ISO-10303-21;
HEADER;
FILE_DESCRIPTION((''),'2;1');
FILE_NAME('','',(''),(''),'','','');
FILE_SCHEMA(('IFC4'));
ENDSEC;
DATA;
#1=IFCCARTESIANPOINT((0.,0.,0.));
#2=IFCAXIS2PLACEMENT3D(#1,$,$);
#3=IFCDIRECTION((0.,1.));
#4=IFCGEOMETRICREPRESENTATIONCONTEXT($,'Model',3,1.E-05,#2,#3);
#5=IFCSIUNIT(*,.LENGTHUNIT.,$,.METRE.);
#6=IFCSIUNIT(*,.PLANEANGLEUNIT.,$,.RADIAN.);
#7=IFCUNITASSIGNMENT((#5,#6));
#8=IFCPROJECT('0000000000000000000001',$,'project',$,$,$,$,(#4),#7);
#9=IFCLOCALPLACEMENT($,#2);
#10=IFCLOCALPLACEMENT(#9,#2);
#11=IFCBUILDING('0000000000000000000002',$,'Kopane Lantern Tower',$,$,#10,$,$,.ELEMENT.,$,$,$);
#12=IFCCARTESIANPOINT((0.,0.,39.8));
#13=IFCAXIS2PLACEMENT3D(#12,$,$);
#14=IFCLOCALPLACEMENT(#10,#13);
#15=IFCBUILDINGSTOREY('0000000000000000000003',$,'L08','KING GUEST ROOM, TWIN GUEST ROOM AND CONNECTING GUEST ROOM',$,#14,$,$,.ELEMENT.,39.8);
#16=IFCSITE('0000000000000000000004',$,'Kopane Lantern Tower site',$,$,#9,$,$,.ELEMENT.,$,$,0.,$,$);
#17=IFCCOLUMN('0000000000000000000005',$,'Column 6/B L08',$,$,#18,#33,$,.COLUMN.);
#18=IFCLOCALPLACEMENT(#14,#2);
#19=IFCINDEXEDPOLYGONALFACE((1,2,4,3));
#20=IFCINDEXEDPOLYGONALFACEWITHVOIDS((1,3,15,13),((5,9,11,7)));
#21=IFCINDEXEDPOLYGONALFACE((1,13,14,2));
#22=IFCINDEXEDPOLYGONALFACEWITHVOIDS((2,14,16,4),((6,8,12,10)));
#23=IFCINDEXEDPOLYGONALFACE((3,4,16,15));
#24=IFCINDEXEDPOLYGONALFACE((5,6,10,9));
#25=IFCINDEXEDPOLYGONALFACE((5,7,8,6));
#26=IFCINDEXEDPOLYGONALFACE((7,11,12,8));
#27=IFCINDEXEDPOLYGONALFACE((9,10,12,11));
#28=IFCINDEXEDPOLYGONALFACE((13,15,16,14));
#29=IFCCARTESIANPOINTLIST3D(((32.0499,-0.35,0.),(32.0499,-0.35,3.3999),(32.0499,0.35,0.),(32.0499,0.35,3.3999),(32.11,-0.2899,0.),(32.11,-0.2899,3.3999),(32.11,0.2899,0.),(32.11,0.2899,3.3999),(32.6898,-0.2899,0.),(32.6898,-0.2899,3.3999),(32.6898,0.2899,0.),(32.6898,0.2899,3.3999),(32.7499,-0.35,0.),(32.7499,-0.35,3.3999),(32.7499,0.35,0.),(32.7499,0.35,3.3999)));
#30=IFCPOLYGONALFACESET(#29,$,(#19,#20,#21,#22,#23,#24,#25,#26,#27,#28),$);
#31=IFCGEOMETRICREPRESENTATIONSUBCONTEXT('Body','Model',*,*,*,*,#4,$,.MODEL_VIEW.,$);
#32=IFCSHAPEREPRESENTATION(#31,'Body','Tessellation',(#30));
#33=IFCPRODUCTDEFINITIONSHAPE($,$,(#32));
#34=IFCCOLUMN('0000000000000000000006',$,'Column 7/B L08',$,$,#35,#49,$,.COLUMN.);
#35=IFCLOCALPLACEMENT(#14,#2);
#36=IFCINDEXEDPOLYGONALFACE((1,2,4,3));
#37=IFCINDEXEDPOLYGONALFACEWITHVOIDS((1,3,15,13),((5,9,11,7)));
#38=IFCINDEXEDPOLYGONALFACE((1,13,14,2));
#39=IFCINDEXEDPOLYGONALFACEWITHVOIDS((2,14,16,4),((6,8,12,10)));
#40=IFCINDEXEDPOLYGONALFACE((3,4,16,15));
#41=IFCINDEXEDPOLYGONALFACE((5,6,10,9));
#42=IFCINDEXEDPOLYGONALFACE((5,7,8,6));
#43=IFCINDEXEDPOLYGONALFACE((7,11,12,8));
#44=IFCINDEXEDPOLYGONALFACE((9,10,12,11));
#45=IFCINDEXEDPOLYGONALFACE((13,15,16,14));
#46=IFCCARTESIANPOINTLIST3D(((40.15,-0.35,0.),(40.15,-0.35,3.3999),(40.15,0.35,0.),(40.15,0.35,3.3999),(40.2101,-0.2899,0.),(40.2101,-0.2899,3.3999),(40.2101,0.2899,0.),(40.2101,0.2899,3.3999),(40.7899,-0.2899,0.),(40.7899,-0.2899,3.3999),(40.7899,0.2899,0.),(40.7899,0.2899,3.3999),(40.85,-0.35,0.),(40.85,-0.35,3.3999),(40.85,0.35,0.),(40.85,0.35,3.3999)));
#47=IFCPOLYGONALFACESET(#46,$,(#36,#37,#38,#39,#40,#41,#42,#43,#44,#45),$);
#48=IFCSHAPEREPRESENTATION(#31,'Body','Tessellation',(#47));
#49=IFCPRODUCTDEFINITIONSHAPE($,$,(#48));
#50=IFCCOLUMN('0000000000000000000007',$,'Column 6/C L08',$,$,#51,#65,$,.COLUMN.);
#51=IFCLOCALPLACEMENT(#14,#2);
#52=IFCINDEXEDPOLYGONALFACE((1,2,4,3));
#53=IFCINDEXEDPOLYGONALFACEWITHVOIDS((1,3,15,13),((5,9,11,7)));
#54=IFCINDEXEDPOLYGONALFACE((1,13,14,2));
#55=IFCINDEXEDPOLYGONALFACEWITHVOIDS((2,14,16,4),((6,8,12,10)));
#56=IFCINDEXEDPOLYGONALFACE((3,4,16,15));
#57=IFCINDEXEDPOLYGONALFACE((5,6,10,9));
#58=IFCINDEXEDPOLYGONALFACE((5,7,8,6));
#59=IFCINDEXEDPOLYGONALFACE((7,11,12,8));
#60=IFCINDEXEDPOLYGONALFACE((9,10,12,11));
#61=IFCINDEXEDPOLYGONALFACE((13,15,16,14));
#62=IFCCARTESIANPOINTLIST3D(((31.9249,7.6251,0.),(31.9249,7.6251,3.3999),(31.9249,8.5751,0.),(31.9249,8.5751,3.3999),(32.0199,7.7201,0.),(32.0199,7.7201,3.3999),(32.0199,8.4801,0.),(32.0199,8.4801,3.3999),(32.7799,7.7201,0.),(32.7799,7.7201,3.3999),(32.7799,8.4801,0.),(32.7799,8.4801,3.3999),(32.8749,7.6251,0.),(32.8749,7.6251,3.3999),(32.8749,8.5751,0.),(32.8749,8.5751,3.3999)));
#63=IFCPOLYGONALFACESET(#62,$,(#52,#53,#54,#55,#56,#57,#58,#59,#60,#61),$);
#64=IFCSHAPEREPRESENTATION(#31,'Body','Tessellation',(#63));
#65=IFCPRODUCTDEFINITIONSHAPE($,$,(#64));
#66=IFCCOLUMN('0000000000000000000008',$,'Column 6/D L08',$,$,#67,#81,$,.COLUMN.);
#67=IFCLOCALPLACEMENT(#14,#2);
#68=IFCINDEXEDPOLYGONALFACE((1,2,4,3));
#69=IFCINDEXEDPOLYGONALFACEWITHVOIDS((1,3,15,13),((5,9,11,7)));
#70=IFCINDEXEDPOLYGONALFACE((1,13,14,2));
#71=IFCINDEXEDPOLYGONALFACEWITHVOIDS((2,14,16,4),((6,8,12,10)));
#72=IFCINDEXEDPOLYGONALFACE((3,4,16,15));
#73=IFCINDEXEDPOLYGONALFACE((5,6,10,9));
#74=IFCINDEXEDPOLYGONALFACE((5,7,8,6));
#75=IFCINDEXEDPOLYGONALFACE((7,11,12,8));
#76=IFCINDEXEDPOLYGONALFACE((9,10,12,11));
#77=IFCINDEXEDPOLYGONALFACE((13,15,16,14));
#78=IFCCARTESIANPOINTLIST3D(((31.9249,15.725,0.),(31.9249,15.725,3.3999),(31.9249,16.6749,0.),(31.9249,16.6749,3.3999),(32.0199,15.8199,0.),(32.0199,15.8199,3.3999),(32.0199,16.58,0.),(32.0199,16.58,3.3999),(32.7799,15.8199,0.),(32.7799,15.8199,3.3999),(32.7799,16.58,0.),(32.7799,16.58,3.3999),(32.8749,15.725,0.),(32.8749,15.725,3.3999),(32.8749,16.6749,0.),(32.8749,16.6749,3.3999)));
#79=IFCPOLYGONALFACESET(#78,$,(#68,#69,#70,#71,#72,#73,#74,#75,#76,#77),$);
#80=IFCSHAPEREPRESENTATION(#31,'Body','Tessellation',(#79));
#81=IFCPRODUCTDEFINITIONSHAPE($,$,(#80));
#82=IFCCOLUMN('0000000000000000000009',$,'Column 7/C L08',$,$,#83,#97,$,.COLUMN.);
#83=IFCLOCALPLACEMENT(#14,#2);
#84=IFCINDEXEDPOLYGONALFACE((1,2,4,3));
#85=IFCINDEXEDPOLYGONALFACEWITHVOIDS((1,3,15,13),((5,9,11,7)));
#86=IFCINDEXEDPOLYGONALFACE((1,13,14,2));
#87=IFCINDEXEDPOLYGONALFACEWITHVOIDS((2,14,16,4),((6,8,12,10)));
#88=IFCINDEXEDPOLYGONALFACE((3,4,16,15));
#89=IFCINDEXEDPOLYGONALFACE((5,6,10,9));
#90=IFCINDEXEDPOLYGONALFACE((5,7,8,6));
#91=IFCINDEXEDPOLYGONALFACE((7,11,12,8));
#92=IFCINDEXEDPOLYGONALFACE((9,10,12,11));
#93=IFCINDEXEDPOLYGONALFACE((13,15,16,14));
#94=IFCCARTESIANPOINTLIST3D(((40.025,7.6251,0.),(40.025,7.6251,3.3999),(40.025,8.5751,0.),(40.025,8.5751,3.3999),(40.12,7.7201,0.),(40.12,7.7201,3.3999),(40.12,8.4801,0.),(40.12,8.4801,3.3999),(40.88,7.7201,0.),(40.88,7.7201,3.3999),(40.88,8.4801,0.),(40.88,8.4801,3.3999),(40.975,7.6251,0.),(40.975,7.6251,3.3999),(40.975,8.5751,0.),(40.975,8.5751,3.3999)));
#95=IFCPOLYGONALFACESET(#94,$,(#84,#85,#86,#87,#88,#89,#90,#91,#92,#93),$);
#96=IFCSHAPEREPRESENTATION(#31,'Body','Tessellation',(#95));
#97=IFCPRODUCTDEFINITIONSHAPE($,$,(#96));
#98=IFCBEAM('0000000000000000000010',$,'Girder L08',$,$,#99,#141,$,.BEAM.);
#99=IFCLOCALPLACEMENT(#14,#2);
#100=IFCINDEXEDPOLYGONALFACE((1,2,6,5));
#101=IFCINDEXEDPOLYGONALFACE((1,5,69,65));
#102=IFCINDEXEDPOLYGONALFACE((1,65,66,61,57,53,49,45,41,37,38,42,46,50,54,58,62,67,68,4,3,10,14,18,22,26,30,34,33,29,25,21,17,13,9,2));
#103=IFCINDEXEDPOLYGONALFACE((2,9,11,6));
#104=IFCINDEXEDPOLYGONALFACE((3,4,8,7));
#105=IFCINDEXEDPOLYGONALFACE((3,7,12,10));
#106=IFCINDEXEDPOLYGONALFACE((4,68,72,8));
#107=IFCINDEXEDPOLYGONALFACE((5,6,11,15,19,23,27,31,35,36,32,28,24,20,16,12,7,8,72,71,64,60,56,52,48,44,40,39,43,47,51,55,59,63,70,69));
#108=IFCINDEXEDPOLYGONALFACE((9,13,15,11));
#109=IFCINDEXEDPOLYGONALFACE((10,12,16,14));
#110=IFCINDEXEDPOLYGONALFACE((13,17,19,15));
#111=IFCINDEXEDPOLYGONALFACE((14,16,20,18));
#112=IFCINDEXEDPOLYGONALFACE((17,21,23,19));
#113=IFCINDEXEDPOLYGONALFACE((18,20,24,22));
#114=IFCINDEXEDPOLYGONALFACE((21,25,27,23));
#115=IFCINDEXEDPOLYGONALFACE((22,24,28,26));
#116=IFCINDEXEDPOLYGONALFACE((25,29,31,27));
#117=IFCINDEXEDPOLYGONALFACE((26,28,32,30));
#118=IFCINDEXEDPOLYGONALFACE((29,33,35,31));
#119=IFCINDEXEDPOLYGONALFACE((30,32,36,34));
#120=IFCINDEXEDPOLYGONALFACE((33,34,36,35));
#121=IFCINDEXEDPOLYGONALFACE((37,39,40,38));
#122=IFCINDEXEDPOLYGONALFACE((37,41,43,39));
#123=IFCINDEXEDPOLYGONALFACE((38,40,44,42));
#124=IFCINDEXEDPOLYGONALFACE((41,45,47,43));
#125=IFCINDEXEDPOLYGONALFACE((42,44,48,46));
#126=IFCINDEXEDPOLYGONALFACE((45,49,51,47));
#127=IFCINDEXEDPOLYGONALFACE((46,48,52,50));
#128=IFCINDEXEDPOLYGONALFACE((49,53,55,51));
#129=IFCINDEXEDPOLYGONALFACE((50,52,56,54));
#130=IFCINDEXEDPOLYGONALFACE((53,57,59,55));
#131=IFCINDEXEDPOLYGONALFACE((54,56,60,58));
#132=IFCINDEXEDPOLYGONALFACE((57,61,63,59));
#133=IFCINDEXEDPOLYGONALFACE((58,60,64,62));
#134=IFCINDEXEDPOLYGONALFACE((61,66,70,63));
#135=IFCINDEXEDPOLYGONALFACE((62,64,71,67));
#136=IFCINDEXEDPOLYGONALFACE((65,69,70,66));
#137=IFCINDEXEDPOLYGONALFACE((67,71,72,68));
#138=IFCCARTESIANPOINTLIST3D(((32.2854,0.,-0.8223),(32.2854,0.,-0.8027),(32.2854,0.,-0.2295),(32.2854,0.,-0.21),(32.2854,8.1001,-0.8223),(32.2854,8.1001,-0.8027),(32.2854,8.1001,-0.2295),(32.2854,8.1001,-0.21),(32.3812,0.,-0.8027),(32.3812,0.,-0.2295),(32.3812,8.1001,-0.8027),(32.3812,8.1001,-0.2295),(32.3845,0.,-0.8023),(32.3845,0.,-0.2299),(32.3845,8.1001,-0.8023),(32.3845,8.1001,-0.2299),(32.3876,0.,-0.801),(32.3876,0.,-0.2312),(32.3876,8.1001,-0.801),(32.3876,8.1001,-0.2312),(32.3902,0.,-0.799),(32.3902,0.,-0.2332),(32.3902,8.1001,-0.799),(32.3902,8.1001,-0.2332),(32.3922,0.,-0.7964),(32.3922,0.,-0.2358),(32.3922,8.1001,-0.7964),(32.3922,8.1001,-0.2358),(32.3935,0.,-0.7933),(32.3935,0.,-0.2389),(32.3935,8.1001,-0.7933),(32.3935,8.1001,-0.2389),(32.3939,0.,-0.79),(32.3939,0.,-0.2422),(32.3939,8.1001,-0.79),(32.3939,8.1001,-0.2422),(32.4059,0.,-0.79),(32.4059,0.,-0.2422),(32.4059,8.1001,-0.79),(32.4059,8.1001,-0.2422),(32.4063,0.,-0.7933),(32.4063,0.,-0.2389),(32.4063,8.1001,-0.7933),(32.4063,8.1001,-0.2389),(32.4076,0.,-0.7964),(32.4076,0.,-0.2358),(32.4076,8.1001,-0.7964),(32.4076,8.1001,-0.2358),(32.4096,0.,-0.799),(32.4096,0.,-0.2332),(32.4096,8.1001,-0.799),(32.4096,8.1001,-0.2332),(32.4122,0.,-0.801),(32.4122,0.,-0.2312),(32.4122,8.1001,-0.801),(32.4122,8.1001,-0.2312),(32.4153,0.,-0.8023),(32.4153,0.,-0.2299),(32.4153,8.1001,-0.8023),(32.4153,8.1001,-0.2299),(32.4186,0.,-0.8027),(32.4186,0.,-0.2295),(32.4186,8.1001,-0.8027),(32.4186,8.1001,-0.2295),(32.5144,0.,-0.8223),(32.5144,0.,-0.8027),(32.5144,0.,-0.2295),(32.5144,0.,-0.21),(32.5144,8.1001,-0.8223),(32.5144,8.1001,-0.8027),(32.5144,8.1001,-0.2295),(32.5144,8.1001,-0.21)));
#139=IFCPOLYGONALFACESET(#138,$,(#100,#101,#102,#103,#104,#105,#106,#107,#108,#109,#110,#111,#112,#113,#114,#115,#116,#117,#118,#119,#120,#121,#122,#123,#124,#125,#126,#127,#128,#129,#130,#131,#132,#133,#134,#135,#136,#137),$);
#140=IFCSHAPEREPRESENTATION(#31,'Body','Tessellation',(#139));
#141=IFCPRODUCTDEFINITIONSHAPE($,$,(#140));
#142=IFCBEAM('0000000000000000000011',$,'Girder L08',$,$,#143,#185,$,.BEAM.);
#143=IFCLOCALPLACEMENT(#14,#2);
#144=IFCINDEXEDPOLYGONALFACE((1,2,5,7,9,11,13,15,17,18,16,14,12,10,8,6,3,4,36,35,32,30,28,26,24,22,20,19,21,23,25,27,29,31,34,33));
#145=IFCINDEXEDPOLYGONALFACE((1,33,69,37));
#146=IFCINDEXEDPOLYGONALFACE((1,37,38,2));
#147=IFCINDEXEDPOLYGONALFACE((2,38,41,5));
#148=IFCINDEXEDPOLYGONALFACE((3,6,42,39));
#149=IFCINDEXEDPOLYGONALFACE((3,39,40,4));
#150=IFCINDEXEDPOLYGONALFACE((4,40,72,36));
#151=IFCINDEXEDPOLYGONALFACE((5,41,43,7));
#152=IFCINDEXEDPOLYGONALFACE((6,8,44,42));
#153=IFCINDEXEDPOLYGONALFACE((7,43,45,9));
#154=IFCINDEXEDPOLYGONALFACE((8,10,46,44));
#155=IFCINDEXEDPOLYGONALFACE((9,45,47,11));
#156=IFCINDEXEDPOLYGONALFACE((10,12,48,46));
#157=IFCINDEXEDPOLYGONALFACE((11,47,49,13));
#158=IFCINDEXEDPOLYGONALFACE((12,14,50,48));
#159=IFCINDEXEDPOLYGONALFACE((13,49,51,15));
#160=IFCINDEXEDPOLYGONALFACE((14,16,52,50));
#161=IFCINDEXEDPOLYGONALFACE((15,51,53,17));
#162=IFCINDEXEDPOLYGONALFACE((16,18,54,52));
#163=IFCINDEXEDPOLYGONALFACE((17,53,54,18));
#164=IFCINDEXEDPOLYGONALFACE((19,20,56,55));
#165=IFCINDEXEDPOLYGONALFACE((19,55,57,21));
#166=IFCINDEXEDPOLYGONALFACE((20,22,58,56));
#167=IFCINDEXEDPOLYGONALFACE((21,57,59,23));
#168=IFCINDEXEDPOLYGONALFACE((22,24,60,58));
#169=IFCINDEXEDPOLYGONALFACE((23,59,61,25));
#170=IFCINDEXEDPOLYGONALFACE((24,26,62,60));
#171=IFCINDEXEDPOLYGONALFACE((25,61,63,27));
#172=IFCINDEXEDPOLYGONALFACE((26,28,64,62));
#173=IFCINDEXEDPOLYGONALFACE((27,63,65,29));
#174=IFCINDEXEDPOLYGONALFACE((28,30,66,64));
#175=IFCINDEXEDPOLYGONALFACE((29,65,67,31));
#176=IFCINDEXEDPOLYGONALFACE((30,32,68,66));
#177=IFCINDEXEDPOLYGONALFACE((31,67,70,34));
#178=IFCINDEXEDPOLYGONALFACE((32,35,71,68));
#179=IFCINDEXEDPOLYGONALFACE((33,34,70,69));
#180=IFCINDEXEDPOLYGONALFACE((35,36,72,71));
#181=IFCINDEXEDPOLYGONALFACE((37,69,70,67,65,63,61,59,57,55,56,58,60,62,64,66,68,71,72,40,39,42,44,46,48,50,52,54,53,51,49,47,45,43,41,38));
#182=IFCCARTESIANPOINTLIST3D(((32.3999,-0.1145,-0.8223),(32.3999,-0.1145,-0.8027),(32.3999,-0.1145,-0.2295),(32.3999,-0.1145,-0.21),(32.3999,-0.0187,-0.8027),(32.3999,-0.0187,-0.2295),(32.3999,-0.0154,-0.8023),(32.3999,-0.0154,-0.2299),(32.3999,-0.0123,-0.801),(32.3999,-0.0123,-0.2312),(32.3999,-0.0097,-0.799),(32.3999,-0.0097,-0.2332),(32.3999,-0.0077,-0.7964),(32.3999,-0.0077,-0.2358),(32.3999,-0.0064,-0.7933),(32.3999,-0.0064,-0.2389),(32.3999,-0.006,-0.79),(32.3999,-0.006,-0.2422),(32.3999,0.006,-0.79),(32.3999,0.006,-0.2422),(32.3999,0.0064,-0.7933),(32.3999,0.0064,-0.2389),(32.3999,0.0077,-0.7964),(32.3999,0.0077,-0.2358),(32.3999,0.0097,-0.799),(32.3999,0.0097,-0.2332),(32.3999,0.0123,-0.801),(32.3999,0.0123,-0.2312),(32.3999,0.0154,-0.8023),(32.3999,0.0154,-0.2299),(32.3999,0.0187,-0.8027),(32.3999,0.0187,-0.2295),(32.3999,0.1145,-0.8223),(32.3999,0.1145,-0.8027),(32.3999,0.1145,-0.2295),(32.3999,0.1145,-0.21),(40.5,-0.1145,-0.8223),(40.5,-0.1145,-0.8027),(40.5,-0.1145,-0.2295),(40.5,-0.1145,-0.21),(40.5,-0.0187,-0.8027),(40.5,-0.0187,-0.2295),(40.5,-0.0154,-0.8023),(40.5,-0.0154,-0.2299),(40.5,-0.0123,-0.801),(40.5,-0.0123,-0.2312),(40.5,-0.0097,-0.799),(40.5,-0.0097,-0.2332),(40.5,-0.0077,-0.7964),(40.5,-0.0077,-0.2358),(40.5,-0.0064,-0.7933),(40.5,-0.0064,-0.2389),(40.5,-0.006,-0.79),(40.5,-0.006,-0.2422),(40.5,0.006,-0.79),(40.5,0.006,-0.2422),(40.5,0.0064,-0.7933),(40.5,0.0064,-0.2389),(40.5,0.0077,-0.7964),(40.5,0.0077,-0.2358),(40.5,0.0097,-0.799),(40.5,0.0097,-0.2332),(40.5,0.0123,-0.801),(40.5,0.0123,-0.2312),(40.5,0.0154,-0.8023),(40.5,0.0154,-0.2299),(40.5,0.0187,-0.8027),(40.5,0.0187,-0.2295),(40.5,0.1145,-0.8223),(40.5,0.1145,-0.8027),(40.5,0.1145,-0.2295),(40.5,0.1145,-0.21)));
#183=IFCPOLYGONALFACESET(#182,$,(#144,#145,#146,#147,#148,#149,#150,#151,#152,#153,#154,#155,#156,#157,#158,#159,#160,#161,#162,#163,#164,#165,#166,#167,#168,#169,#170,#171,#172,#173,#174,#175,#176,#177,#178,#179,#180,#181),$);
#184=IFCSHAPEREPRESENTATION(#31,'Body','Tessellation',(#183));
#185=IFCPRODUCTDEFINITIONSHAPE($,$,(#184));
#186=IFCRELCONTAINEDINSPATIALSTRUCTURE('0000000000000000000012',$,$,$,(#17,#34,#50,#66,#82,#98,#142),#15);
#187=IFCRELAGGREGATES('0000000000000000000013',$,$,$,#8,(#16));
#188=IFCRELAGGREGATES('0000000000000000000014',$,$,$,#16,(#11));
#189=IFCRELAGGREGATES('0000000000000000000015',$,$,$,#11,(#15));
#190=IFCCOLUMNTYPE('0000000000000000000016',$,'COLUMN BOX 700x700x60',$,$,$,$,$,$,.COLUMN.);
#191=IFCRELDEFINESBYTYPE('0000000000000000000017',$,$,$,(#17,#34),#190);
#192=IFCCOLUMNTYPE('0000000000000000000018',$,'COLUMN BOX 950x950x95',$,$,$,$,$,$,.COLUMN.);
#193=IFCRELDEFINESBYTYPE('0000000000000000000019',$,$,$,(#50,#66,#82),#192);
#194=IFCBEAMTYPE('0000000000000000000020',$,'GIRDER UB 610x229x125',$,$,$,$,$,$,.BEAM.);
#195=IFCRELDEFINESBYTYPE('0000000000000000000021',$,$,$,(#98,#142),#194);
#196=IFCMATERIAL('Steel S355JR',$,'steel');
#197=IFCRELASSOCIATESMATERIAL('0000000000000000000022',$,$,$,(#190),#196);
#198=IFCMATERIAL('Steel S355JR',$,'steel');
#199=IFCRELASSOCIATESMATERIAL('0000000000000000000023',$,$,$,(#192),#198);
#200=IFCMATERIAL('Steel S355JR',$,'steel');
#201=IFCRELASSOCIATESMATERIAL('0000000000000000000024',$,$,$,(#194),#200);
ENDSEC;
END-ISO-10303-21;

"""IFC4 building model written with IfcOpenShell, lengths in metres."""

from ifc_helpers import new_model, si_unit, direction, frame, origin, origin_2d, place, context, subcontext, project, spatial, hollow_rectangle, i_section, extrude, material, material_profile, profile_set, type_object, element, save


model = new_model("IFC4")

# Units and contexts
model_context = context("Model", 3, precision=1e-05, world=origin(), true_north=direction((0.0, 1.0)))
body_context = subcontext(model_context, "Body", "Model", "MODEL_VIEW")
ifc_project = project(units=[si_unit("LENGTHUNIT", "METRE"), si_unit("PLANEANGLEUNIT", "RADIAN")], contexts=[model_context])

# Site, building, storey
site_placement = place(None, origin())
site = spatial("IfcSite", under=ifc_project, at=site_placement, Name="Kopane Lantern Tower site", CompositionType="ELEMENT", RefElevation=0.0)
building_placement = place(site_placement, origin())
building = spatial("IfcBuilding", under=site, at=building_placement, Name="Kopane Lantern Tower", CompositionType="ELEMENT")
storey_placement = place(building_placement, frame((0.0, 0.0, 39.8)))
storey = spatial("IfcBuildingStorey", under=building, at=storey_placement, Name="L08", Description="KING GUEST ROOM, TWIN GUEST ROOM AND CONNECTING GUEST ROOM", CompositionType="ELEMENT", Elevation=39.8)

# Columns
ifc_material_1 = material(Name="Steel S355JR", Category="steel")
ifc_material_profile_1 = material_profile(ifc_material_1, hollow_rectangle(XDim=0.7, YDim=0.7, WallThickness=0.0601, at=origin_2d()), Name="BOX 700x700x60")
ifc_profile_set_1 = profile_set([ifc_material_profile_1], Name="Steel S355JR")
column_type_1 = type_object("IfcColumnType", Name="COLUMN BOX 700x700x60", PredefinedType="COLUMN", material=ifc_profile_set_1)
for number, where, z_axis, x_axis, name in (
    (1, (32.3999, 0.0, 0.0), (0.0, 0.0, 1.0), (1.0, 0.0, 0.0), "Column 6/B L08"),
    (2, (40.5, 0.0, 0.0), (0.0, 0.0, 1.0), (1.0, 0.0, 0.0), "Column 7/B L08"),
):
    element("IfcColumn", number, at=place(storey_placement, frame(where, z_axis=z_axis, x_axis=x_axis)), inside=storey, type_object=column_type_1, Name=name, PredefinedType="COLUMN", context=body_context, shape_type="SweptSolid", body=[
        extrude(hollow_rectangle(XDim=0.7, YDim=0.7, WallThickness=0.0601, at=origin_2d()), origin(), (0.0, 0.0, 1.0), 3.3999),
    ])
ifc_material_2 = material(Name="Steel S355JR", Category="steel")
ifc_material_profile_2 = material_profile(ifc_material_2, hollow_rectangle(XDim=0.95, YDim=0.95, WallThickness=0.095, at=origin_2d()), Name="BOX 950x950x95")
ifc_profile_set_2 = profile_set([ifc_material_profile_2], Name="Steel S355JR")
column_type_2 = type_object("IfcColumnType", Name="COLUMN BOX 950x950x95", PredefinedType="COLUMN", material=ifc_profile_set_2)
for number, where, z_axis, x_axis, name in (
    (3, (32.3999, 8.1001, 0.0), (0.0, 0.0, 1.0), (1.0, 0.0, 0.0), "Column 6/C L08"),
    (4, (32.3999, 16.2, 0.0), (0.0, 0.0, 1.0), (1.0, 0.0, 0.0), "Column 6/D L08"),
    (5, (40.5, 8.1001, 0.0), (0.0, 0.0, 1.0), (1.0, 0.0, 0.0), "Column 7/C L08"),
):
    element("IfcColumn", number, at=place(storey_placement, frame(where, z_axis=z_axis, x_axis=x_axis)), inside=storey, type_object=column_type_2, Name=name, PredefinedType="COLUMN", context=body_context, shape_type="SweptSolid", body=[
        extrude(hollow_rectangle(XDim=0.95, YDim=0.95, WallThickness=0.095, at=origin_2d()), origin(), (0.0, 0.0, 1.0), 3.3999),
    ])

# Beams
ifc_material_3 = material(Name="Steel S355JR", Category="steel")
ifc_material_profile_3 = material_profile(ifc_material_3, i_section(OverallWidth=0.229, OverallDepth=0.6123, WebThickness=0.012, FlangeThickness=0.0195, FilletRadius=0.0127, at=origin_2d()), Name="UB 610x229x125")
ifc_profile_set_3 = profile_set([ifc_material_profile_3], Name="Steel S355JR")
beam_type = type_object("IfcBeamType", Name="GIRDER UB 610x229x125", PredefinedType="BEAM", material=ifc_profile_set_3)
for number, where, z_axis, x_axis, name in (
    (6, (32.3999, 0.0, -0.5161), (0.0, 1.0, 0.0), (-1.0, 0.0, 0.0), "Girder L08"),
    (7, (32.3999, 0.0, -0.5161), (1.0, 0.0, 0.0), (0.0, 1.0, 0.0), "Girder L08"),
):
    element("IfcBeam", number, at=place(storey_placement, frame(where, z_axis=z_axis, x_axis=x_axis)), inside=storey, type_object=beam_type, Name=name, PredefinedType="BEAM", context=body_context, shape_type="SweptSolid", body=[
        extrude(i_section(OverallWidth=0.229, OverallDepth=0.6123, WebThickness=0.012, FlangeThickness=0.0195, FilletRadius=0.0127, at=origin_2d()), origin(), (0.0, 0.0, 1.0), 8.1001),
    ])

save(model, "model.ifc")
